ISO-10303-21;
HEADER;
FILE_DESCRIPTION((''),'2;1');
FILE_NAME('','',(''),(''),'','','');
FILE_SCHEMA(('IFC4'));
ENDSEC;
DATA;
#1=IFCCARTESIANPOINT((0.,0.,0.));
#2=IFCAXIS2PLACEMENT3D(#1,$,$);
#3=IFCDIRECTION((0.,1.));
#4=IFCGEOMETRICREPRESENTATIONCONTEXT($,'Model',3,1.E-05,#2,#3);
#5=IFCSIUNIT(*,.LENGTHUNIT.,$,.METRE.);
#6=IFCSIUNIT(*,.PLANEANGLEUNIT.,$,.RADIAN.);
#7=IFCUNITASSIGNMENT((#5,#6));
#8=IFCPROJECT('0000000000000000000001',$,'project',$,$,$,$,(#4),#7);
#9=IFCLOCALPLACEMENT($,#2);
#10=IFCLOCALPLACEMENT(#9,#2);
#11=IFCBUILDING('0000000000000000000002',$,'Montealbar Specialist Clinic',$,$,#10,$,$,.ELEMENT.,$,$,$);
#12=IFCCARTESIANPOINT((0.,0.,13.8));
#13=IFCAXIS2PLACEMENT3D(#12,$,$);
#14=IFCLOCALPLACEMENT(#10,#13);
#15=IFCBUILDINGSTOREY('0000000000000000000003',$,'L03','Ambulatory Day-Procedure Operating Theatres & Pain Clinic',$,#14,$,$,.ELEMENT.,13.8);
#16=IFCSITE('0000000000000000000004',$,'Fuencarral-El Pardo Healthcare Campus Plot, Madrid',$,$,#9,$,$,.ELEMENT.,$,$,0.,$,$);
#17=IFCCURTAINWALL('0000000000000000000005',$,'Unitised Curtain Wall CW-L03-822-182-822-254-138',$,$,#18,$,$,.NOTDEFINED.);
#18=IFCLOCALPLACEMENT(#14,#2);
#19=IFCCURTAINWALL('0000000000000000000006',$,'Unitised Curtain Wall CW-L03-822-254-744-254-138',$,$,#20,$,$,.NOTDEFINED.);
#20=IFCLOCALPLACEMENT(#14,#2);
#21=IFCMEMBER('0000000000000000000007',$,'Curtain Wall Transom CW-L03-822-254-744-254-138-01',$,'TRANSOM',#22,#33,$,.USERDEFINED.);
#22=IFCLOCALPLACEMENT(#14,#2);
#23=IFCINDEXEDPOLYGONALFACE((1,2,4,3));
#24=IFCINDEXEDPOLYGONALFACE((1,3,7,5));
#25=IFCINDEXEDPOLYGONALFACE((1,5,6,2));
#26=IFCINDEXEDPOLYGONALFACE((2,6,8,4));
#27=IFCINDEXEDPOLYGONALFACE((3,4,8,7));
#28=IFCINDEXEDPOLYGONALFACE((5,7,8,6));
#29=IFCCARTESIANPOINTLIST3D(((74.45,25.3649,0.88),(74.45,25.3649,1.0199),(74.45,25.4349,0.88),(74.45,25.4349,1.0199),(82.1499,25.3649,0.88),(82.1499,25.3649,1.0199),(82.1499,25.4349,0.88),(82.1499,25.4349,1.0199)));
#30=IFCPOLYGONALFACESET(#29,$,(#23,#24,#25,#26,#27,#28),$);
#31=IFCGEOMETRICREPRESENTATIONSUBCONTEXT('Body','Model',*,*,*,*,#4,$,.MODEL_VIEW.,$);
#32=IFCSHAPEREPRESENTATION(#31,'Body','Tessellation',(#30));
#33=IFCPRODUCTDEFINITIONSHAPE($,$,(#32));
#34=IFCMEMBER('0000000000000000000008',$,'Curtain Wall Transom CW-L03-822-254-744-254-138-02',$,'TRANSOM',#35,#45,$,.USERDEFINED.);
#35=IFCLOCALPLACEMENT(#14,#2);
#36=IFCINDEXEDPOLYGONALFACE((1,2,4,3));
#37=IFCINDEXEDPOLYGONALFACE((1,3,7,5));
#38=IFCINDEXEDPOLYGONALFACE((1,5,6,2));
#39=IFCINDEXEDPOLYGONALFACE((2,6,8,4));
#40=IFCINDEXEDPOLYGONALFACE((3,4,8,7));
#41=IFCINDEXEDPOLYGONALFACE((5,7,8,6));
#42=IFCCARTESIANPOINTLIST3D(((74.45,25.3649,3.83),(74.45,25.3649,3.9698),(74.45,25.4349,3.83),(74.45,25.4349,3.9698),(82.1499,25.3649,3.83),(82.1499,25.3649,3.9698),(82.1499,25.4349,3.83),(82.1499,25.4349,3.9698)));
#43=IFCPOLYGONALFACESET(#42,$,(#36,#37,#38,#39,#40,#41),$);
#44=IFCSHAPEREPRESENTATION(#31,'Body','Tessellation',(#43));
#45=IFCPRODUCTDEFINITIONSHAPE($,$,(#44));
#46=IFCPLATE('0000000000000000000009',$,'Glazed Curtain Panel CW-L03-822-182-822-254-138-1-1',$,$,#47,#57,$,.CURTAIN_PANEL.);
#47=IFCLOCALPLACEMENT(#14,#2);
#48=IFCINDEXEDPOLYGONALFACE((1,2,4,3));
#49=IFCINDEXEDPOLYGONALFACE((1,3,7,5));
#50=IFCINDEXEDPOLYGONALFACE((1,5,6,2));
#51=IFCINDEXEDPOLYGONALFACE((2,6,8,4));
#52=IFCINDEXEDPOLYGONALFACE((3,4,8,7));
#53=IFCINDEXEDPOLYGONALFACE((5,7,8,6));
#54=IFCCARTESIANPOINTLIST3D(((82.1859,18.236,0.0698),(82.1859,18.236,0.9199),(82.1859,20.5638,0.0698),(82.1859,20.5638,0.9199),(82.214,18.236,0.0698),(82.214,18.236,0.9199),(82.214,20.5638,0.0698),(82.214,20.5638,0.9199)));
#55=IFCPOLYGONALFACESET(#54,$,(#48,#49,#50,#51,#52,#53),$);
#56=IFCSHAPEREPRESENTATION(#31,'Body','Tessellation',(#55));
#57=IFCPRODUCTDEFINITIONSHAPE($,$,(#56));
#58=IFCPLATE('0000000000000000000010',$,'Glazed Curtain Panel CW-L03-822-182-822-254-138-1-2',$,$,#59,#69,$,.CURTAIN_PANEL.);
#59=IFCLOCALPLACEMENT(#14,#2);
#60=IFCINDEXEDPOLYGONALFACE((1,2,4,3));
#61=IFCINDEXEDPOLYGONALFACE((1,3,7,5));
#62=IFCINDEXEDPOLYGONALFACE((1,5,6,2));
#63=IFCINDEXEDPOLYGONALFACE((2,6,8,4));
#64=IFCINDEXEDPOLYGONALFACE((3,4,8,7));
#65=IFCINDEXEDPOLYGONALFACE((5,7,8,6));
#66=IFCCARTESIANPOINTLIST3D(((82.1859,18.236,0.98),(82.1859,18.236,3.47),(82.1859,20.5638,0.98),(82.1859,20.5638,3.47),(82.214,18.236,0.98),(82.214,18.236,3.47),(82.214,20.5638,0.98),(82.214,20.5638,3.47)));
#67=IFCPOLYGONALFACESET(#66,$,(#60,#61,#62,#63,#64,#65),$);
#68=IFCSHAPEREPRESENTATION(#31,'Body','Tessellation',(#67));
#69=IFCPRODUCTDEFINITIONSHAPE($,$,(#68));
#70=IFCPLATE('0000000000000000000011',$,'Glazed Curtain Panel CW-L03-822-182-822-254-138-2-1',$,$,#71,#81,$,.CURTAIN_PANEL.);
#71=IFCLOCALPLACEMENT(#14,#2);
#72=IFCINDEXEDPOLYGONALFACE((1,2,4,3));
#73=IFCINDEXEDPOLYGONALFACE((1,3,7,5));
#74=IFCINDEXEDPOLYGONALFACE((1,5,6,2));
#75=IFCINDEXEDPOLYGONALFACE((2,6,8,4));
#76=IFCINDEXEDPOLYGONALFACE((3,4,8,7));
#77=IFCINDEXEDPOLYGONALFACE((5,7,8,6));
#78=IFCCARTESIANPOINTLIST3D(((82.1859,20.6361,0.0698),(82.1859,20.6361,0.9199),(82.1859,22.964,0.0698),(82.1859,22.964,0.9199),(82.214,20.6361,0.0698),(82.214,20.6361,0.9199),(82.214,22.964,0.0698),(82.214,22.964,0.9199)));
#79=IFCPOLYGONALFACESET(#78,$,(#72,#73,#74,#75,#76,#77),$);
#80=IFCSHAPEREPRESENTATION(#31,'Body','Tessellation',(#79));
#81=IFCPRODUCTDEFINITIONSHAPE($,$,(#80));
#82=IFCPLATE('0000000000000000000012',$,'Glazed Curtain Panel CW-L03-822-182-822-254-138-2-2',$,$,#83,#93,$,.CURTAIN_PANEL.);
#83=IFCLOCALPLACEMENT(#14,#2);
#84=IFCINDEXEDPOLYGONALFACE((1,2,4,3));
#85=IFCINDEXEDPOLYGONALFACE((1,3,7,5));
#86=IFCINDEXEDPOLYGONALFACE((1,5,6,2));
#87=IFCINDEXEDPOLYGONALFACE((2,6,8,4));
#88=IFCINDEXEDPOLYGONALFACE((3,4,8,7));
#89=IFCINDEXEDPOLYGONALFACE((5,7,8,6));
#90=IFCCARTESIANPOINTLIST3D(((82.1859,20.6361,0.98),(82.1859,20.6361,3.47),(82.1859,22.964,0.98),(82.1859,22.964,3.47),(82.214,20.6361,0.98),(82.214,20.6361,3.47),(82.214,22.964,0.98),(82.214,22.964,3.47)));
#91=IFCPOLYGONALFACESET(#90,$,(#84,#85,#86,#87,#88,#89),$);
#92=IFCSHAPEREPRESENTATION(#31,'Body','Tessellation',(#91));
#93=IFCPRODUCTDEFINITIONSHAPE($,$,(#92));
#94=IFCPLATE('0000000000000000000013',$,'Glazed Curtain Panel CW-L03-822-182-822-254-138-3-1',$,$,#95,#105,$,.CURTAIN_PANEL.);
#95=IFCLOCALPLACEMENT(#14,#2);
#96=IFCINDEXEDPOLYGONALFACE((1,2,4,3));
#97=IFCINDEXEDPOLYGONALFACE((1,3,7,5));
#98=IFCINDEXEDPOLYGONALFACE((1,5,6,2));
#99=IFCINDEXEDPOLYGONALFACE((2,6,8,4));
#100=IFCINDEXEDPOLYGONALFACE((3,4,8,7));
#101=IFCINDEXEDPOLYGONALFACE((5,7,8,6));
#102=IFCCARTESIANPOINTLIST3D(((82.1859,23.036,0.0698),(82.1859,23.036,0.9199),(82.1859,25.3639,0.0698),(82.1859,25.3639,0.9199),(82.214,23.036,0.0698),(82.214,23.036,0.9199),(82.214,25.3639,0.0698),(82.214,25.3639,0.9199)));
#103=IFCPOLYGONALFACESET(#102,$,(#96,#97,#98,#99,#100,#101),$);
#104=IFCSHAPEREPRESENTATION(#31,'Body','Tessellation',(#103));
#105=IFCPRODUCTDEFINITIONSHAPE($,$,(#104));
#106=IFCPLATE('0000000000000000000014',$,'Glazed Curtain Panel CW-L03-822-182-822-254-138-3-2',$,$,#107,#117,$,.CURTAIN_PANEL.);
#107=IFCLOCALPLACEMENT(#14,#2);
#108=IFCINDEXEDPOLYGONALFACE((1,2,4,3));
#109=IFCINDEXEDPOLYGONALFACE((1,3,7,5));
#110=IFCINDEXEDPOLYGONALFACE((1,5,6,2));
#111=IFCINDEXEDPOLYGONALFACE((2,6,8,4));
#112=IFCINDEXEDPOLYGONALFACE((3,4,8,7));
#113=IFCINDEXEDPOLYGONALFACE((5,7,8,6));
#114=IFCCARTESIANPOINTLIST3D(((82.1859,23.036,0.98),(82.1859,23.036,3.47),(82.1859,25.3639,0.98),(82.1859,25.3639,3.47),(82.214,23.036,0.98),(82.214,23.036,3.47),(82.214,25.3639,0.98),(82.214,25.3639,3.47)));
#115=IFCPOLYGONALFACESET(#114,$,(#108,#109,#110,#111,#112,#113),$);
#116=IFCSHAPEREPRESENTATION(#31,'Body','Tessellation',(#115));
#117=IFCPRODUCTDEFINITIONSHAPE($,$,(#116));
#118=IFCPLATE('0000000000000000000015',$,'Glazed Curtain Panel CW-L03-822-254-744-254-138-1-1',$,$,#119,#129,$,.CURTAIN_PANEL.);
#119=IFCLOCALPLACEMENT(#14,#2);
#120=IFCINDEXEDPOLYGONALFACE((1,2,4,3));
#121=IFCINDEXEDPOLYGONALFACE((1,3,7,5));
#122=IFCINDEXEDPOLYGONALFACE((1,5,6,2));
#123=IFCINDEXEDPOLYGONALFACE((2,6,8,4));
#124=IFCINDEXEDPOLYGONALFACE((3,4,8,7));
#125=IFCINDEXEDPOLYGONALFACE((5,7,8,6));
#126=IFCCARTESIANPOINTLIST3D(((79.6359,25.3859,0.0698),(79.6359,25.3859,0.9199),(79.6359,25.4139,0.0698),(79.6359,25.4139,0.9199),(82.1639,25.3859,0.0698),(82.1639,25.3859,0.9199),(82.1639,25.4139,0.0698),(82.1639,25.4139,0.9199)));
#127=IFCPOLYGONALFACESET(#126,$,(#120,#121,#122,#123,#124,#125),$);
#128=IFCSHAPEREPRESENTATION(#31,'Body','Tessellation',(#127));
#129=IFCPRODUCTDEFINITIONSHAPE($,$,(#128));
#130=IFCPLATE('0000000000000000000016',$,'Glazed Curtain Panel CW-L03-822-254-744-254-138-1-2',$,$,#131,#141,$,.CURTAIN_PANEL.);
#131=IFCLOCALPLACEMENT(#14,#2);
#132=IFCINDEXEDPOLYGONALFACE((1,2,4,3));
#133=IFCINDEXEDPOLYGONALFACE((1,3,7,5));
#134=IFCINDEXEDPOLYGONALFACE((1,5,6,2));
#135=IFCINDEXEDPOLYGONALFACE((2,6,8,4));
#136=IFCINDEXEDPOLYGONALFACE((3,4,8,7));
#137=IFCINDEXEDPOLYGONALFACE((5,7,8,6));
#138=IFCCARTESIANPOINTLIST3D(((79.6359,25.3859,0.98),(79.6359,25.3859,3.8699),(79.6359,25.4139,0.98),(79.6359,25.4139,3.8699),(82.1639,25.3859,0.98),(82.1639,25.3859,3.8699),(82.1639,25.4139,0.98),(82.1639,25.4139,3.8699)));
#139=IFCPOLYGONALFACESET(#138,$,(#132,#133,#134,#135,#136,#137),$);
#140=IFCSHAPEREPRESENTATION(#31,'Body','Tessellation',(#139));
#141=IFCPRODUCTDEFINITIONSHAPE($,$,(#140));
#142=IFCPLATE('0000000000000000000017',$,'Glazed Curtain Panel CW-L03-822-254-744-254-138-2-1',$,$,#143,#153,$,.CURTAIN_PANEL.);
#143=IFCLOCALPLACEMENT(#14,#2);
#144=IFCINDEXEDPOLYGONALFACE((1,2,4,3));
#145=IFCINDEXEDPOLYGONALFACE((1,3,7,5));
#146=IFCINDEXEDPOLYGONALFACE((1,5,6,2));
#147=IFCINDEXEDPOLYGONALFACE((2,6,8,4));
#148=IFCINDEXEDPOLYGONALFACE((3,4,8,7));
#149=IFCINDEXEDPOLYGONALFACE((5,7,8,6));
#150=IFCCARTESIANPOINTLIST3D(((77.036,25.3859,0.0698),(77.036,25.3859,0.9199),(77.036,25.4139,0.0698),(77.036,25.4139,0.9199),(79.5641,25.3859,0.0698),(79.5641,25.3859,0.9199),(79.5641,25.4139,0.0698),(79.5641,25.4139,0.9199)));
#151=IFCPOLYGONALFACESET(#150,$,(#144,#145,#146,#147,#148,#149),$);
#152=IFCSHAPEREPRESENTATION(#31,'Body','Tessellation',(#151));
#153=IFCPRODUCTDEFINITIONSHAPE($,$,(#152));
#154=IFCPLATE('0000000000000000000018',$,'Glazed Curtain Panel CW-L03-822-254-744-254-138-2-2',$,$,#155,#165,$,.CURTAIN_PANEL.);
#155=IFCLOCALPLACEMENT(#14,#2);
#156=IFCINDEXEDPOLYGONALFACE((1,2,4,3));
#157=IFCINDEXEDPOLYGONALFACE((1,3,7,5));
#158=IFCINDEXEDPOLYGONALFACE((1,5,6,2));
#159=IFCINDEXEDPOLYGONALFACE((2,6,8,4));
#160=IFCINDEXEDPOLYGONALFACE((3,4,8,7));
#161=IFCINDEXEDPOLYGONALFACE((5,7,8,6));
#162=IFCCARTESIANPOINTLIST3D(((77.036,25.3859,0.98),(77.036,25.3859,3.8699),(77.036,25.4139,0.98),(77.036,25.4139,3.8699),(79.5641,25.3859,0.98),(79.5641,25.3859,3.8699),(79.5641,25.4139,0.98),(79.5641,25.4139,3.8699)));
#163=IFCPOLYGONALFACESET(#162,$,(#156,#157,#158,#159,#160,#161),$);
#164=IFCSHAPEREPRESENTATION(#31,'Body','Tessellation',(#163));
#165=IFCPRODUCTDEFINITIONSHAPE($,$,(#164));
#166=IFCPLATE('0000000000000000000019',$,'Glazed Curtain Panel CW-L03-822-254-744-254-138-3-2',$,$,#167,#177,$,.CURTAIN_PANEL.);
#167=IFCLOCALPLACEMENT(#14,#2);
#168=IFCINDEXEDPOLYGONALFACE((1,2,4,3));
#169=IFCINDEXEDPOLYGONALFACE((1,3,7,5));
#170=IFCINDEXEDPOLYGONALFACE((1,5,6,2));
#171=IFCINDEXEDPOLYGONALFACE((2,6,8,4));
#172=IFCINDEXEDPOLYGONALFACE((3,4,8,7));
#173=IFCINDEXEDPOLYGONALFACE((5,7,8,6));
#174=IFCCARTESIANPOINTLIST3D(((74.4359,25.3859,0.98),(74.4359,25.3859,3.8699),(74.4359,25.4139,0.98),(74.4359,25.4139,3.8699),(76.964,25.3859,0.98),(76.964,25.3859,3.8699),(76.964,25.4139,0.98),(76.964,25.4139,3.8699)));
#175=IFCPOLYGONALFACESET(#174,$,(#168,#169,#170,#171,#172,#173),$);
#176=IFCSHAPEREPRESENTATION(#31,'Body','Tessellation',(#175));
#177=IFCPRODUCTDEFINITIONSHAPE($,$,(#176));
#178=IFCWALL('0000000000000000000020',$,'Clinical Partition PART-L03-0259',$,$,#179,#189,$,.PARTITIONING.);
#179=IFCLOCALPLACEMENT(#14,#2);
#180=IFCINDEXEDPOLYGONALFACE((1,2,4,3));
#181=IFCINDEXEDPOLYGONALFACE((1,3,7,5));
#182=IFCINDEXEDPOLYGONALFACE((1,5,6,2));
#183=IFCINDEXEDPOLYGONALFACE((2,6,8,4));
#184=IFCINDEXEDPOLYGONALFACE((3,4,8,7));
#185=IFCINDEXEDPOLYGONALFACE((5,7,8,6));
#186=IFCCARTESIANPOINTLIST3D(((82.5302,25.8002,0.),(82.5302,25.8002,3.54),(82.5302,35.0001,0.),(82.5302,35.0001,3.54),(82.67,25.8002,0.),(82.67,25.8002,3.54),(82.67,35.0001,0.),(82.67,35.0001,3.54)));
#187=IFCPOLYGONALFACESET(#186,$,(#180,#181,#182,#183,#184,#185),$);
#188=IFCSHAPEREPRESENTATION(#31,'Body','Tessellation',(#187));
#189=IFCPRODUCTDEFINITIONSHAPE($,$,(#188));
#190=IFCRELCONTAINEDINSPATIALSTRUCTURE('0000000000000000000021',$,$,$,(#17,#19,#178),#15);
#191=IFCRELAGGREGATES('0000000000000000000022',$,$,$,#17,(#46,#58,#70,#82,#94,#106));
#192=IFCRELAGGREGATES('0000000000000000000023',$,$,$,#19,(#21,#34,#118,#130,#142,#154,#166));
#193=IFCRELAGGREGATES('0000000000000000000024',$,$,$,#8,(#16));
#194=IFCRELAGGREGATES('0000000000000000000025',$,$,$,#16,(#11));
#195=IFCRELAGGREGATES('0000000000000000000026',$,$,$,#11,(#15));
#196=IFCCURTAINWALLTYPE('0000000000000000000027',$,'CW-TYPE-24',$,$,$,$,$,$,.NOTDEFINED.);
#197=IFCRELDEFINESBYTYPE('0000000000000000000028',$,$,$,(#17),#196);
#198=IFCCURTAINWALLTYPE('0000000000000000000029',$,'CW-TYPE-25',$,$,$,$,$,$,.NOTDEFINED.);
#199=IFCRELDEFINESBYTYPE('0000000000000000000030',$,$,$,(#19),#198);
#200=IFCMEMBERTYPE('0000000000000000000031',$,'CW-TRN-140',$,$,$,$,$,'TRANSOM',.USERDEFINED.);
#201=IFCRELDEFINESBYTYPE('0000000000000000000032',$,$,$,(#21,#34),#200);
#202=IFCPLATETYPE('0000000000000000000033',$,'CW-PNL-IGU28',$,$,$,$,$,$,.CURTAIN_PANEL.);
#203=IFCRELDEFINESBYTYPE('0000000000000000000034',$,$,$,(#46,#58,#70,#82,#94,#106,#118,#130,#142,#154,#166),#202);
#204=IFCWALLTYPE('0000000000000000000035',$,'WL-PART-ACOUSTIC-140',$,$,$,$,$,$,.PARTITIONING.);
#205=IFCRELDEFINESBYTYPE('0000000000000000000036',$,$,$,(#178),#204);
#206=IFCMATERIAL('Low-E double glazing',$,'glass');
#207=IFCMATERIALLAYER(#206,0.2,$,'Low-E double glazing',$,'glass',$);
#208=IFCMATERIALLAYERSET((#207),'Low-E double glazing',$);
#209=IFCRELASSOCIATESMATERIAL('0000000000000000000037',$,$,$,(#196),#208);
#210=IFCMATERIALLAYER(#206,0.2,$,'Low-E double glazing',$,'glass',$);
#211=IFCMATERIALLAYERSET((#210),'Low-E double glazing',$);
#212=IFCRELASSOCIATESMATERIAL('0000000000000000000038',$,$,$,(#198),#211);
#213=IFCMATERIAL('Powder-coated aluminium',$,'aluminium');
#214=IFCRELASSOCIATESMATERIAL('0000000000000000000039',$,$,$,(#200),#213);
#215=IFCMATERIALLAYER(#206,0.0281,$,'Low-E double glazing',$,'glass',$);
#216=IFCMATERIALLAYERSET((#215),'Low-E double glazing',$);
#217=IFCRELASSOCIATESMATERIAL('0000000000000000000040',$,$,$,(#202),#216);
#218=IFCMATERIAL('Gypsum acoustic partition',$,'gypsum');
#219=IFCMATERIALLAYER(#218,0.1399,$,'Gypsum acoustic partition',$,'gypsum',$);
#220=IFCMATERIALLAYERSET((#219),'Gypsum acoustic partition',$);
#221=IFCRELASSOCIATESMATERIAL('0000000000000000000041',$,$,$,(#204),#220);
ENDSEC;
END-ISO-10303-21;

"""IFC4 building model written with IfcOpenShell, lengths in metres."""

from ifc_helpers import new_model, si_unit, direction, frame, frame_2d, origin, origin_2d, place, context, subcontext, project, spatial, rectangle, extrude, material, layer, layer_set, material_profile, profile_set, type_object, element, aggregate, save


model = new_model("IFC4")

# Units and contexts
model_context = context("Model", 3, precision=1e-05, world=origin(), true_north=direction((0.0, 1.0)))
body_context = subcontext(model_context, "Body", "Model", "MODEL_VIEW")
ifc_project = project(units=[si_unit("LENGTHUNIT", "METRE"), si_unit("PLANEANGLEUNIT", "RADIAN")], contexts=[model_context])

# Site, building, storey
site_placement = place(None, origin())
site = spatial("IfcSite", under=ifc_project, at=site_placement, Name="Fuencarral-El Pardo Healthcare Campus Plot, Madrid", CompositionType="ELEMENT", RefElevation=0.0)
building_placement = place(site_placement, origin())
building = spatial("IfcBuilding", under=site, at=building_placement, Name="Montealbar Specialist Clinic", CompositionType="ELEMENT")
storey_placement = place(building_placement, frame((0.0, 0.0, 13.8)))
storey = spatial("IfcBuildingStorey", under=building, at=storey_placement, Name="L03", Description="Ambulatory Day-Procedure Operating Theatres & Pain Clinic", CompositionType="ELEMENT", Elevation=13.8)

# Curtain walls, members
ifc_material_1 = material(Name="Low-E double glazing", Category="glass")
ifc_layer_1 = layer(ifc_material_1, 0.2, Name="Low-E double glazing", Category="glass")
ifc_layer_set_1 = layer_set([ifc_layer_1], Name="Low-E double glazing")
curtain_wall_type_1 = type_object("IfcCurtainWallType", Name="CW-TYPE-24", PredefinedType="NOTDEFINED", material=ifc_layer_set_1)
curtain_wall_1_placement = place(storey_placement, origin())
curtain_wall_1 = element("IfcCurtainWall", 1, at=curtain_wall_1_placement, inside=storey, type_object=curtain_wall_type_1, Name="Unitised Curtain Wall CW-L03-822-182-822-254-138", PredefinedType="NOTDEFINED")
ifc_layer_2 = layer(ifc_material_1, 0.2, Name="Low-E double glazing", Category="glass")
ifc_layer_set_2 = layer_set([ifc_layer_2], Name="Low-E double glazing")
curtain_wall_type_2 = type_object("IfcCurtainWallType", Name="CW-TYPE-25", PredefinedType="NOTDEFINED", material=ifc_layer_set_2)
curtain_wall_2_placement = place(storey_placement, origin())
curtain_wall_2 = element("IfcCurtainWall", 2, at=curtain_wall_2_placement, inside=storey, type_object=curtain_wall_type_2, Name="Unitised Curtain Wall CW-L03-822-254-744-254-138", PredefinedType="NOTDEFINED")
ifc_material_2 = material(Name="Powder-coated aluminium", Category="aluminium")
ifc_material_profile_1 = material_profile(ifc_material_2, rectangle(XDim=0.0701, YDim=0.1399, at=origin_2d()), Name="ALU 70x140", Category="aluminium")
ifc_profile_set_1 = profile_set([ifc_material_profile_1], Name="Powder-coated aluminium")
member_type_1 = type_object("IfcMemberType", Name="CW-TRN-140", ElementType="TRANSOM", PredefinedType="USERDEFINED", material=ifc_profile_set_1)
member_1_placement = place(storey_placement, frame((82.1499, 25.3999, 0.95), z_axis=(-1.0, 0.0, 0.0), x_axis=(0.0, -1.0, 0.0)))
member_1 = element("IfcMember", 3, at=member_1_placement, type_object=member_type_1, Name="Curtain Wall Transom CW-L03-822-254-744-254-138-01", ObjectType="TRANSOM", PredefinedType="USERDEFINED", context=body_context, shape_type="SweptSolid", body=[
    extrude(rectangle(XDim=0.0701, YDim=0.1399, at=origin_2d()), origin(), (0.0, 0.0, 1.0), 7.7),
])
member_2_placement = place(storey_placement, frame((82.1499, 25.3999, 3.8999), z_axis=(-1.0, 0.0, 0.0), x_axis=(0.0, -1.0, 0.0)))
member_2 = element("IfcMember", 4, at=member_2_placement, type_object=member_type_1, Name="Curtain Wall Transom CW-L03-822-254-744-254-138-02", ObjectType="TRANSOM", PredefinedType="USERDEFINED", context=body_context, shape_type="SweptSolid", body=[
    extrude(rectangle(XDim=0.0701, YDim=0.1399, at=origin_2d()), origin(), (0.0, 0.0, 1.0), 7.7),
])

# Plates
ifc_layer_3 = layer(ifc_material_1, 0.0281, Name="Low-E double glazing", Category="glass")
ifc_layer_set_3 = layer_set([ifc_layer_3], Name="Low-E double glazing")
plate_type = type_object("IfcPlateType", Name="CW-PNL-IGU28", PredefinedType="CURTAIN_PANEL", material=ifc_layer_set_3)
plate_1_placement = place(storey_placement, frame((82.2, 19.3999, 0.0698), z_axis=(0.0, 0.0, 1.0), x_axis=(0.0, 1.0, 0.0)))
plate_1 = element("IfcPlate", 5, at=plate_1_placement, type_object=plate_type, Name="Glazed Curtain Panel CW-L03-822-182-822-254-138-1-1", PredefinedType="CURTAIN_PANEL", context=body_context, shape_type="SweptSolid", body=[
    extrude(rectangle(XDim=2.3279, YDim=0.0281, at=origin_2d()), origin(), (0.0, 0.0, 1.0), 0.8501),
])
plate_2_placement = place(storey_placement, frame((82.2, 19.3999, 0.98), z_axis=(0.0, 0.0, 1.0), x_axis=(0.0, 1.0, 0.0)))
plate_2 = element("IfcPlate", 6, at=plate_2_placement, type_object=plate_type, Name="Glazed Curtain Panel CW-L03-822-182-822-254-138-1-2", PredefinedType="CURTAIN_PANEL", context=body_context, shape_type="SweptSolid", body=[
    extrude(rectangle(XDim=2.3279, YDim=0.0281, at=origin_2d()), origin(), (0.0, 0.0, 1.0), 2.49),
])
plate_3_placement = place(storey_placement, frame((82.2, 21.8, 0.0698), z_axis=(0.0, 0.0, 1.0), x_axis=(0.0, 1.0, 0.0)))
plate_3 = element("IfcPlate", 7, at=plate_3_placement, type_object=plate_type, Name="Glazed Curtain Panel CW-L03-822-182-822-254-138-2-1", PredefinedType="CURTAIN_PANEL", context=body_context, shape_type="SweptSolid", body=[
    extrude(rectangle(XDim=2.3279, YDim=0.0281, at=origin_2d()), origin(), (0.0, 0.0, 1.0), 0.8501),
])
plate_4_placement = place(storey_placement, frame((82.2, 21.8, 0.98), z_axis=(0.0, 0.0, 1.0), x_axis=(0.0, 1.0, 0.0)))
plate_4 = element("IfcPlate", 8, at=plate_4_placement, type_object=plate_type, Name="Glazed Curtain Panel CW-L03-822-182-822-254-138-2-2", PredefinedType="CURTAIN_PANEL", context=body_context, shape_type="SweptSolid", body=[
    extrude(rectangle(XDim=2.3279, YDim=0.0281, at=origin_2d()), origin(), (0.0, 0.0, 1.0), 2.49),
])
plate_5_placement = place(storey_placement, frame((82.2, 24.2, 0.0698), z_axis=(0.0, 0.0, 1.0), x_axis=(0.0, 1.0, 0.0)))
plate_5 = element("IfcPlate", 9, at=plate_5_placement, type_object=plate_type, Name="Glazed Curtain Panel CW-L03-822-182-822-254-138-3-1", PredefinedType="CURTAIN_PANEL", context=body_context, shape_type="SweptSolid", body=[
    extrude(rectangle(XDim=2.3279, YDim=0.0281, at=origin_2d()), origin(), (0.0, 0.0, 1.0), 0.8501),
])
plate_6_placement = place(storey_placement, frame((82.2, 24.2, 0.98), z_axis=(0.0, 0.0, 1.0), x_axis=(0.0, 1.0, 0.0)))
plate_6 = element("IfcPlate", 10, at=plate_6_placement, type_object=plate_type, Name="Glazed Curtain Panel CW-L03-822-182-822-254-138-3-2", PredefinedType="CURTAIN_PANEL", context=body_context, shape_type="SweptSolid", body=[
    extrude(rectangle(XDim=2.3279, YDim=0.0281, at=origin_2d()), origin(), (0.0, 0.0, 1.0), 2.49),
])
aggregate(curtain_wall_1, [plate_1, plate_2, plate_3, plate_4, plate_5, plate_6])
plate_7_placement = place(storey_placement, frame((80.8999, 25.3999, 0.0698), z_axis=(0.0, 0.0, 1.0), x_axis=(-1.0, 0.0, 0.0)))
plate_7 = element("IfcPlate", 11, at=plate_7_placement, type_object=plate_type, Name="Glazed Curtain Panel CW-L03-822-254-744-254-138-1-1", PredefinedType="CURTAIN_PANEL", context=body_context, shape_type="SweptSolid", body=[
    extrude(rectangle(XDim=2.5281, YDim=0.0281, at=origin_2d()), origin(), (0.0, 0.0, 1.0), 0.8501),
])
plate_8_placement = place(storey_placement, frame((80.8999, 25.3999, 0.98), z_axis=(0.0, 0.0, 1.0), x_axis=(-1.0, 0.0, 0.0)))
plate_8 = element("IfcPlate", 12, at=plate_8_placement, type_object=plate_type, Name="Glazed Curtain Panel CW-L03-822-254-744-254-138-1-2", PredefinedType="CURTAIN_PANEL", context=body_context, shape_type="SweptSolid", body=[
    extrude(rectangle(XDim=2.5281, YDim=0.0281, at=origin_2d()), origin(), (0.0, 0.0, 1.0), 2.8899),
])
plate_9_placement = place(storey_placement, frame((78.3, 25.3999, 0.0698), z_axis=(0.0, 0.0, 1.0), x_axis=(-1.0, 0.0, 0.0)))
plate_9 = element("IfcPlate", 13, at=plate_9_placement, type_object=plate_type, Name="Glazed Curtain Panel CW-L03-822-254-744-254-138-2-1", PredefinedType="CURTAIN_PANEL", context=body_context, shape_type="SweptSolid", body=[
    extrude(rectangle(XDim=2.5281, YDim=0.0281, at=origin_2d()), origin(), (0.0, 0.0, 1.0), 0.8501),
])
plate_10_placement = place(storey_placement, frame((78.3, 25.3999, 0.98), z_axis=(0.0, 0.0, 1.0), x_axis=(-1.0, 0.0, 0.0)))
plate_10 = element("IfcPlate", 14, at=plate_10_placement, type_object=plate_type, Name="Glazed Curtain Panel CW-L03-822-254-744-254-138-2-2", PredefinedType="CURTAIN_PANEL", context=body_context, shape_type="SweptSolid", body=[
    extrude(rectangle(XDim=2.5281, YDim=0.0281, at=origin_2d()), origin(), (0.0, 0.0, 1.0), 2.8899),
])
plate_11_placement = place(storey_placement, frame((75.7, 25.3999, 0.98), z_axis=(0.0, 0.0, 1.0), x_axis=(-1.0, 0.0, 0.0)))
plate_11 = element("IfcPlate", 15, at=plate_11_placement, type_object=plate_type, Name="Glazed Curtain Panel CW-L03-822-254-744-254-138-3-2", PredefinedType="CURTAIN_PANEL", context=body_context, shape_type="SweptSolid", body=[
    extrude(rectangle(XDim=2.5281, YDim=0.0281, at=origin_2d()), origin(), (0.0, 0.0, 1.0), 2.8899),
])
aggregate(curtain_wall_2, [member_1, member_2, plate_7, plate_8, plate_9, plate_10, plate_11])

# Wall
ifc_material_3 = material(Name="Gypsum acoustic partition", Category="gypsum")
ifc_layer_4 = layer(ifc_material_3, 0.1399, Name="Gypsum acoustic partition", Category="gypsum")
ifc_layer_set_4 = layer_set([ifc_layer_4], Name="Gypsum acoustic partition")
wall_type = type_object("IfcWallType", Name="WL-PART-ACOUSTIC-140", PredefinedType="PARTITIONING", material=ifc_layer_set_4)
wall_placement = place(storey_placement, frame((82.6001, 25.8, 0.0), z_axis=(0.0, 0.0, 1.0), x_axis=(0.0, 1.0, 0.0)))
element("IfcWall", 16, at=wall_placement, inside=storey, type_object=wall_type, Name="Clinical Partition PART-L03-0259", PredefinedType="PARTITIONING", context=body_context, shape_type="SweptSolid", body=[
    extrude(rectangle(XDim=9.2, YDim=0.1399, at=frame_2d((4.6001, 0.0))), origin(), (0.0, 0.0, 1.0), 3.54),
])

save(model, "model.ifc")
